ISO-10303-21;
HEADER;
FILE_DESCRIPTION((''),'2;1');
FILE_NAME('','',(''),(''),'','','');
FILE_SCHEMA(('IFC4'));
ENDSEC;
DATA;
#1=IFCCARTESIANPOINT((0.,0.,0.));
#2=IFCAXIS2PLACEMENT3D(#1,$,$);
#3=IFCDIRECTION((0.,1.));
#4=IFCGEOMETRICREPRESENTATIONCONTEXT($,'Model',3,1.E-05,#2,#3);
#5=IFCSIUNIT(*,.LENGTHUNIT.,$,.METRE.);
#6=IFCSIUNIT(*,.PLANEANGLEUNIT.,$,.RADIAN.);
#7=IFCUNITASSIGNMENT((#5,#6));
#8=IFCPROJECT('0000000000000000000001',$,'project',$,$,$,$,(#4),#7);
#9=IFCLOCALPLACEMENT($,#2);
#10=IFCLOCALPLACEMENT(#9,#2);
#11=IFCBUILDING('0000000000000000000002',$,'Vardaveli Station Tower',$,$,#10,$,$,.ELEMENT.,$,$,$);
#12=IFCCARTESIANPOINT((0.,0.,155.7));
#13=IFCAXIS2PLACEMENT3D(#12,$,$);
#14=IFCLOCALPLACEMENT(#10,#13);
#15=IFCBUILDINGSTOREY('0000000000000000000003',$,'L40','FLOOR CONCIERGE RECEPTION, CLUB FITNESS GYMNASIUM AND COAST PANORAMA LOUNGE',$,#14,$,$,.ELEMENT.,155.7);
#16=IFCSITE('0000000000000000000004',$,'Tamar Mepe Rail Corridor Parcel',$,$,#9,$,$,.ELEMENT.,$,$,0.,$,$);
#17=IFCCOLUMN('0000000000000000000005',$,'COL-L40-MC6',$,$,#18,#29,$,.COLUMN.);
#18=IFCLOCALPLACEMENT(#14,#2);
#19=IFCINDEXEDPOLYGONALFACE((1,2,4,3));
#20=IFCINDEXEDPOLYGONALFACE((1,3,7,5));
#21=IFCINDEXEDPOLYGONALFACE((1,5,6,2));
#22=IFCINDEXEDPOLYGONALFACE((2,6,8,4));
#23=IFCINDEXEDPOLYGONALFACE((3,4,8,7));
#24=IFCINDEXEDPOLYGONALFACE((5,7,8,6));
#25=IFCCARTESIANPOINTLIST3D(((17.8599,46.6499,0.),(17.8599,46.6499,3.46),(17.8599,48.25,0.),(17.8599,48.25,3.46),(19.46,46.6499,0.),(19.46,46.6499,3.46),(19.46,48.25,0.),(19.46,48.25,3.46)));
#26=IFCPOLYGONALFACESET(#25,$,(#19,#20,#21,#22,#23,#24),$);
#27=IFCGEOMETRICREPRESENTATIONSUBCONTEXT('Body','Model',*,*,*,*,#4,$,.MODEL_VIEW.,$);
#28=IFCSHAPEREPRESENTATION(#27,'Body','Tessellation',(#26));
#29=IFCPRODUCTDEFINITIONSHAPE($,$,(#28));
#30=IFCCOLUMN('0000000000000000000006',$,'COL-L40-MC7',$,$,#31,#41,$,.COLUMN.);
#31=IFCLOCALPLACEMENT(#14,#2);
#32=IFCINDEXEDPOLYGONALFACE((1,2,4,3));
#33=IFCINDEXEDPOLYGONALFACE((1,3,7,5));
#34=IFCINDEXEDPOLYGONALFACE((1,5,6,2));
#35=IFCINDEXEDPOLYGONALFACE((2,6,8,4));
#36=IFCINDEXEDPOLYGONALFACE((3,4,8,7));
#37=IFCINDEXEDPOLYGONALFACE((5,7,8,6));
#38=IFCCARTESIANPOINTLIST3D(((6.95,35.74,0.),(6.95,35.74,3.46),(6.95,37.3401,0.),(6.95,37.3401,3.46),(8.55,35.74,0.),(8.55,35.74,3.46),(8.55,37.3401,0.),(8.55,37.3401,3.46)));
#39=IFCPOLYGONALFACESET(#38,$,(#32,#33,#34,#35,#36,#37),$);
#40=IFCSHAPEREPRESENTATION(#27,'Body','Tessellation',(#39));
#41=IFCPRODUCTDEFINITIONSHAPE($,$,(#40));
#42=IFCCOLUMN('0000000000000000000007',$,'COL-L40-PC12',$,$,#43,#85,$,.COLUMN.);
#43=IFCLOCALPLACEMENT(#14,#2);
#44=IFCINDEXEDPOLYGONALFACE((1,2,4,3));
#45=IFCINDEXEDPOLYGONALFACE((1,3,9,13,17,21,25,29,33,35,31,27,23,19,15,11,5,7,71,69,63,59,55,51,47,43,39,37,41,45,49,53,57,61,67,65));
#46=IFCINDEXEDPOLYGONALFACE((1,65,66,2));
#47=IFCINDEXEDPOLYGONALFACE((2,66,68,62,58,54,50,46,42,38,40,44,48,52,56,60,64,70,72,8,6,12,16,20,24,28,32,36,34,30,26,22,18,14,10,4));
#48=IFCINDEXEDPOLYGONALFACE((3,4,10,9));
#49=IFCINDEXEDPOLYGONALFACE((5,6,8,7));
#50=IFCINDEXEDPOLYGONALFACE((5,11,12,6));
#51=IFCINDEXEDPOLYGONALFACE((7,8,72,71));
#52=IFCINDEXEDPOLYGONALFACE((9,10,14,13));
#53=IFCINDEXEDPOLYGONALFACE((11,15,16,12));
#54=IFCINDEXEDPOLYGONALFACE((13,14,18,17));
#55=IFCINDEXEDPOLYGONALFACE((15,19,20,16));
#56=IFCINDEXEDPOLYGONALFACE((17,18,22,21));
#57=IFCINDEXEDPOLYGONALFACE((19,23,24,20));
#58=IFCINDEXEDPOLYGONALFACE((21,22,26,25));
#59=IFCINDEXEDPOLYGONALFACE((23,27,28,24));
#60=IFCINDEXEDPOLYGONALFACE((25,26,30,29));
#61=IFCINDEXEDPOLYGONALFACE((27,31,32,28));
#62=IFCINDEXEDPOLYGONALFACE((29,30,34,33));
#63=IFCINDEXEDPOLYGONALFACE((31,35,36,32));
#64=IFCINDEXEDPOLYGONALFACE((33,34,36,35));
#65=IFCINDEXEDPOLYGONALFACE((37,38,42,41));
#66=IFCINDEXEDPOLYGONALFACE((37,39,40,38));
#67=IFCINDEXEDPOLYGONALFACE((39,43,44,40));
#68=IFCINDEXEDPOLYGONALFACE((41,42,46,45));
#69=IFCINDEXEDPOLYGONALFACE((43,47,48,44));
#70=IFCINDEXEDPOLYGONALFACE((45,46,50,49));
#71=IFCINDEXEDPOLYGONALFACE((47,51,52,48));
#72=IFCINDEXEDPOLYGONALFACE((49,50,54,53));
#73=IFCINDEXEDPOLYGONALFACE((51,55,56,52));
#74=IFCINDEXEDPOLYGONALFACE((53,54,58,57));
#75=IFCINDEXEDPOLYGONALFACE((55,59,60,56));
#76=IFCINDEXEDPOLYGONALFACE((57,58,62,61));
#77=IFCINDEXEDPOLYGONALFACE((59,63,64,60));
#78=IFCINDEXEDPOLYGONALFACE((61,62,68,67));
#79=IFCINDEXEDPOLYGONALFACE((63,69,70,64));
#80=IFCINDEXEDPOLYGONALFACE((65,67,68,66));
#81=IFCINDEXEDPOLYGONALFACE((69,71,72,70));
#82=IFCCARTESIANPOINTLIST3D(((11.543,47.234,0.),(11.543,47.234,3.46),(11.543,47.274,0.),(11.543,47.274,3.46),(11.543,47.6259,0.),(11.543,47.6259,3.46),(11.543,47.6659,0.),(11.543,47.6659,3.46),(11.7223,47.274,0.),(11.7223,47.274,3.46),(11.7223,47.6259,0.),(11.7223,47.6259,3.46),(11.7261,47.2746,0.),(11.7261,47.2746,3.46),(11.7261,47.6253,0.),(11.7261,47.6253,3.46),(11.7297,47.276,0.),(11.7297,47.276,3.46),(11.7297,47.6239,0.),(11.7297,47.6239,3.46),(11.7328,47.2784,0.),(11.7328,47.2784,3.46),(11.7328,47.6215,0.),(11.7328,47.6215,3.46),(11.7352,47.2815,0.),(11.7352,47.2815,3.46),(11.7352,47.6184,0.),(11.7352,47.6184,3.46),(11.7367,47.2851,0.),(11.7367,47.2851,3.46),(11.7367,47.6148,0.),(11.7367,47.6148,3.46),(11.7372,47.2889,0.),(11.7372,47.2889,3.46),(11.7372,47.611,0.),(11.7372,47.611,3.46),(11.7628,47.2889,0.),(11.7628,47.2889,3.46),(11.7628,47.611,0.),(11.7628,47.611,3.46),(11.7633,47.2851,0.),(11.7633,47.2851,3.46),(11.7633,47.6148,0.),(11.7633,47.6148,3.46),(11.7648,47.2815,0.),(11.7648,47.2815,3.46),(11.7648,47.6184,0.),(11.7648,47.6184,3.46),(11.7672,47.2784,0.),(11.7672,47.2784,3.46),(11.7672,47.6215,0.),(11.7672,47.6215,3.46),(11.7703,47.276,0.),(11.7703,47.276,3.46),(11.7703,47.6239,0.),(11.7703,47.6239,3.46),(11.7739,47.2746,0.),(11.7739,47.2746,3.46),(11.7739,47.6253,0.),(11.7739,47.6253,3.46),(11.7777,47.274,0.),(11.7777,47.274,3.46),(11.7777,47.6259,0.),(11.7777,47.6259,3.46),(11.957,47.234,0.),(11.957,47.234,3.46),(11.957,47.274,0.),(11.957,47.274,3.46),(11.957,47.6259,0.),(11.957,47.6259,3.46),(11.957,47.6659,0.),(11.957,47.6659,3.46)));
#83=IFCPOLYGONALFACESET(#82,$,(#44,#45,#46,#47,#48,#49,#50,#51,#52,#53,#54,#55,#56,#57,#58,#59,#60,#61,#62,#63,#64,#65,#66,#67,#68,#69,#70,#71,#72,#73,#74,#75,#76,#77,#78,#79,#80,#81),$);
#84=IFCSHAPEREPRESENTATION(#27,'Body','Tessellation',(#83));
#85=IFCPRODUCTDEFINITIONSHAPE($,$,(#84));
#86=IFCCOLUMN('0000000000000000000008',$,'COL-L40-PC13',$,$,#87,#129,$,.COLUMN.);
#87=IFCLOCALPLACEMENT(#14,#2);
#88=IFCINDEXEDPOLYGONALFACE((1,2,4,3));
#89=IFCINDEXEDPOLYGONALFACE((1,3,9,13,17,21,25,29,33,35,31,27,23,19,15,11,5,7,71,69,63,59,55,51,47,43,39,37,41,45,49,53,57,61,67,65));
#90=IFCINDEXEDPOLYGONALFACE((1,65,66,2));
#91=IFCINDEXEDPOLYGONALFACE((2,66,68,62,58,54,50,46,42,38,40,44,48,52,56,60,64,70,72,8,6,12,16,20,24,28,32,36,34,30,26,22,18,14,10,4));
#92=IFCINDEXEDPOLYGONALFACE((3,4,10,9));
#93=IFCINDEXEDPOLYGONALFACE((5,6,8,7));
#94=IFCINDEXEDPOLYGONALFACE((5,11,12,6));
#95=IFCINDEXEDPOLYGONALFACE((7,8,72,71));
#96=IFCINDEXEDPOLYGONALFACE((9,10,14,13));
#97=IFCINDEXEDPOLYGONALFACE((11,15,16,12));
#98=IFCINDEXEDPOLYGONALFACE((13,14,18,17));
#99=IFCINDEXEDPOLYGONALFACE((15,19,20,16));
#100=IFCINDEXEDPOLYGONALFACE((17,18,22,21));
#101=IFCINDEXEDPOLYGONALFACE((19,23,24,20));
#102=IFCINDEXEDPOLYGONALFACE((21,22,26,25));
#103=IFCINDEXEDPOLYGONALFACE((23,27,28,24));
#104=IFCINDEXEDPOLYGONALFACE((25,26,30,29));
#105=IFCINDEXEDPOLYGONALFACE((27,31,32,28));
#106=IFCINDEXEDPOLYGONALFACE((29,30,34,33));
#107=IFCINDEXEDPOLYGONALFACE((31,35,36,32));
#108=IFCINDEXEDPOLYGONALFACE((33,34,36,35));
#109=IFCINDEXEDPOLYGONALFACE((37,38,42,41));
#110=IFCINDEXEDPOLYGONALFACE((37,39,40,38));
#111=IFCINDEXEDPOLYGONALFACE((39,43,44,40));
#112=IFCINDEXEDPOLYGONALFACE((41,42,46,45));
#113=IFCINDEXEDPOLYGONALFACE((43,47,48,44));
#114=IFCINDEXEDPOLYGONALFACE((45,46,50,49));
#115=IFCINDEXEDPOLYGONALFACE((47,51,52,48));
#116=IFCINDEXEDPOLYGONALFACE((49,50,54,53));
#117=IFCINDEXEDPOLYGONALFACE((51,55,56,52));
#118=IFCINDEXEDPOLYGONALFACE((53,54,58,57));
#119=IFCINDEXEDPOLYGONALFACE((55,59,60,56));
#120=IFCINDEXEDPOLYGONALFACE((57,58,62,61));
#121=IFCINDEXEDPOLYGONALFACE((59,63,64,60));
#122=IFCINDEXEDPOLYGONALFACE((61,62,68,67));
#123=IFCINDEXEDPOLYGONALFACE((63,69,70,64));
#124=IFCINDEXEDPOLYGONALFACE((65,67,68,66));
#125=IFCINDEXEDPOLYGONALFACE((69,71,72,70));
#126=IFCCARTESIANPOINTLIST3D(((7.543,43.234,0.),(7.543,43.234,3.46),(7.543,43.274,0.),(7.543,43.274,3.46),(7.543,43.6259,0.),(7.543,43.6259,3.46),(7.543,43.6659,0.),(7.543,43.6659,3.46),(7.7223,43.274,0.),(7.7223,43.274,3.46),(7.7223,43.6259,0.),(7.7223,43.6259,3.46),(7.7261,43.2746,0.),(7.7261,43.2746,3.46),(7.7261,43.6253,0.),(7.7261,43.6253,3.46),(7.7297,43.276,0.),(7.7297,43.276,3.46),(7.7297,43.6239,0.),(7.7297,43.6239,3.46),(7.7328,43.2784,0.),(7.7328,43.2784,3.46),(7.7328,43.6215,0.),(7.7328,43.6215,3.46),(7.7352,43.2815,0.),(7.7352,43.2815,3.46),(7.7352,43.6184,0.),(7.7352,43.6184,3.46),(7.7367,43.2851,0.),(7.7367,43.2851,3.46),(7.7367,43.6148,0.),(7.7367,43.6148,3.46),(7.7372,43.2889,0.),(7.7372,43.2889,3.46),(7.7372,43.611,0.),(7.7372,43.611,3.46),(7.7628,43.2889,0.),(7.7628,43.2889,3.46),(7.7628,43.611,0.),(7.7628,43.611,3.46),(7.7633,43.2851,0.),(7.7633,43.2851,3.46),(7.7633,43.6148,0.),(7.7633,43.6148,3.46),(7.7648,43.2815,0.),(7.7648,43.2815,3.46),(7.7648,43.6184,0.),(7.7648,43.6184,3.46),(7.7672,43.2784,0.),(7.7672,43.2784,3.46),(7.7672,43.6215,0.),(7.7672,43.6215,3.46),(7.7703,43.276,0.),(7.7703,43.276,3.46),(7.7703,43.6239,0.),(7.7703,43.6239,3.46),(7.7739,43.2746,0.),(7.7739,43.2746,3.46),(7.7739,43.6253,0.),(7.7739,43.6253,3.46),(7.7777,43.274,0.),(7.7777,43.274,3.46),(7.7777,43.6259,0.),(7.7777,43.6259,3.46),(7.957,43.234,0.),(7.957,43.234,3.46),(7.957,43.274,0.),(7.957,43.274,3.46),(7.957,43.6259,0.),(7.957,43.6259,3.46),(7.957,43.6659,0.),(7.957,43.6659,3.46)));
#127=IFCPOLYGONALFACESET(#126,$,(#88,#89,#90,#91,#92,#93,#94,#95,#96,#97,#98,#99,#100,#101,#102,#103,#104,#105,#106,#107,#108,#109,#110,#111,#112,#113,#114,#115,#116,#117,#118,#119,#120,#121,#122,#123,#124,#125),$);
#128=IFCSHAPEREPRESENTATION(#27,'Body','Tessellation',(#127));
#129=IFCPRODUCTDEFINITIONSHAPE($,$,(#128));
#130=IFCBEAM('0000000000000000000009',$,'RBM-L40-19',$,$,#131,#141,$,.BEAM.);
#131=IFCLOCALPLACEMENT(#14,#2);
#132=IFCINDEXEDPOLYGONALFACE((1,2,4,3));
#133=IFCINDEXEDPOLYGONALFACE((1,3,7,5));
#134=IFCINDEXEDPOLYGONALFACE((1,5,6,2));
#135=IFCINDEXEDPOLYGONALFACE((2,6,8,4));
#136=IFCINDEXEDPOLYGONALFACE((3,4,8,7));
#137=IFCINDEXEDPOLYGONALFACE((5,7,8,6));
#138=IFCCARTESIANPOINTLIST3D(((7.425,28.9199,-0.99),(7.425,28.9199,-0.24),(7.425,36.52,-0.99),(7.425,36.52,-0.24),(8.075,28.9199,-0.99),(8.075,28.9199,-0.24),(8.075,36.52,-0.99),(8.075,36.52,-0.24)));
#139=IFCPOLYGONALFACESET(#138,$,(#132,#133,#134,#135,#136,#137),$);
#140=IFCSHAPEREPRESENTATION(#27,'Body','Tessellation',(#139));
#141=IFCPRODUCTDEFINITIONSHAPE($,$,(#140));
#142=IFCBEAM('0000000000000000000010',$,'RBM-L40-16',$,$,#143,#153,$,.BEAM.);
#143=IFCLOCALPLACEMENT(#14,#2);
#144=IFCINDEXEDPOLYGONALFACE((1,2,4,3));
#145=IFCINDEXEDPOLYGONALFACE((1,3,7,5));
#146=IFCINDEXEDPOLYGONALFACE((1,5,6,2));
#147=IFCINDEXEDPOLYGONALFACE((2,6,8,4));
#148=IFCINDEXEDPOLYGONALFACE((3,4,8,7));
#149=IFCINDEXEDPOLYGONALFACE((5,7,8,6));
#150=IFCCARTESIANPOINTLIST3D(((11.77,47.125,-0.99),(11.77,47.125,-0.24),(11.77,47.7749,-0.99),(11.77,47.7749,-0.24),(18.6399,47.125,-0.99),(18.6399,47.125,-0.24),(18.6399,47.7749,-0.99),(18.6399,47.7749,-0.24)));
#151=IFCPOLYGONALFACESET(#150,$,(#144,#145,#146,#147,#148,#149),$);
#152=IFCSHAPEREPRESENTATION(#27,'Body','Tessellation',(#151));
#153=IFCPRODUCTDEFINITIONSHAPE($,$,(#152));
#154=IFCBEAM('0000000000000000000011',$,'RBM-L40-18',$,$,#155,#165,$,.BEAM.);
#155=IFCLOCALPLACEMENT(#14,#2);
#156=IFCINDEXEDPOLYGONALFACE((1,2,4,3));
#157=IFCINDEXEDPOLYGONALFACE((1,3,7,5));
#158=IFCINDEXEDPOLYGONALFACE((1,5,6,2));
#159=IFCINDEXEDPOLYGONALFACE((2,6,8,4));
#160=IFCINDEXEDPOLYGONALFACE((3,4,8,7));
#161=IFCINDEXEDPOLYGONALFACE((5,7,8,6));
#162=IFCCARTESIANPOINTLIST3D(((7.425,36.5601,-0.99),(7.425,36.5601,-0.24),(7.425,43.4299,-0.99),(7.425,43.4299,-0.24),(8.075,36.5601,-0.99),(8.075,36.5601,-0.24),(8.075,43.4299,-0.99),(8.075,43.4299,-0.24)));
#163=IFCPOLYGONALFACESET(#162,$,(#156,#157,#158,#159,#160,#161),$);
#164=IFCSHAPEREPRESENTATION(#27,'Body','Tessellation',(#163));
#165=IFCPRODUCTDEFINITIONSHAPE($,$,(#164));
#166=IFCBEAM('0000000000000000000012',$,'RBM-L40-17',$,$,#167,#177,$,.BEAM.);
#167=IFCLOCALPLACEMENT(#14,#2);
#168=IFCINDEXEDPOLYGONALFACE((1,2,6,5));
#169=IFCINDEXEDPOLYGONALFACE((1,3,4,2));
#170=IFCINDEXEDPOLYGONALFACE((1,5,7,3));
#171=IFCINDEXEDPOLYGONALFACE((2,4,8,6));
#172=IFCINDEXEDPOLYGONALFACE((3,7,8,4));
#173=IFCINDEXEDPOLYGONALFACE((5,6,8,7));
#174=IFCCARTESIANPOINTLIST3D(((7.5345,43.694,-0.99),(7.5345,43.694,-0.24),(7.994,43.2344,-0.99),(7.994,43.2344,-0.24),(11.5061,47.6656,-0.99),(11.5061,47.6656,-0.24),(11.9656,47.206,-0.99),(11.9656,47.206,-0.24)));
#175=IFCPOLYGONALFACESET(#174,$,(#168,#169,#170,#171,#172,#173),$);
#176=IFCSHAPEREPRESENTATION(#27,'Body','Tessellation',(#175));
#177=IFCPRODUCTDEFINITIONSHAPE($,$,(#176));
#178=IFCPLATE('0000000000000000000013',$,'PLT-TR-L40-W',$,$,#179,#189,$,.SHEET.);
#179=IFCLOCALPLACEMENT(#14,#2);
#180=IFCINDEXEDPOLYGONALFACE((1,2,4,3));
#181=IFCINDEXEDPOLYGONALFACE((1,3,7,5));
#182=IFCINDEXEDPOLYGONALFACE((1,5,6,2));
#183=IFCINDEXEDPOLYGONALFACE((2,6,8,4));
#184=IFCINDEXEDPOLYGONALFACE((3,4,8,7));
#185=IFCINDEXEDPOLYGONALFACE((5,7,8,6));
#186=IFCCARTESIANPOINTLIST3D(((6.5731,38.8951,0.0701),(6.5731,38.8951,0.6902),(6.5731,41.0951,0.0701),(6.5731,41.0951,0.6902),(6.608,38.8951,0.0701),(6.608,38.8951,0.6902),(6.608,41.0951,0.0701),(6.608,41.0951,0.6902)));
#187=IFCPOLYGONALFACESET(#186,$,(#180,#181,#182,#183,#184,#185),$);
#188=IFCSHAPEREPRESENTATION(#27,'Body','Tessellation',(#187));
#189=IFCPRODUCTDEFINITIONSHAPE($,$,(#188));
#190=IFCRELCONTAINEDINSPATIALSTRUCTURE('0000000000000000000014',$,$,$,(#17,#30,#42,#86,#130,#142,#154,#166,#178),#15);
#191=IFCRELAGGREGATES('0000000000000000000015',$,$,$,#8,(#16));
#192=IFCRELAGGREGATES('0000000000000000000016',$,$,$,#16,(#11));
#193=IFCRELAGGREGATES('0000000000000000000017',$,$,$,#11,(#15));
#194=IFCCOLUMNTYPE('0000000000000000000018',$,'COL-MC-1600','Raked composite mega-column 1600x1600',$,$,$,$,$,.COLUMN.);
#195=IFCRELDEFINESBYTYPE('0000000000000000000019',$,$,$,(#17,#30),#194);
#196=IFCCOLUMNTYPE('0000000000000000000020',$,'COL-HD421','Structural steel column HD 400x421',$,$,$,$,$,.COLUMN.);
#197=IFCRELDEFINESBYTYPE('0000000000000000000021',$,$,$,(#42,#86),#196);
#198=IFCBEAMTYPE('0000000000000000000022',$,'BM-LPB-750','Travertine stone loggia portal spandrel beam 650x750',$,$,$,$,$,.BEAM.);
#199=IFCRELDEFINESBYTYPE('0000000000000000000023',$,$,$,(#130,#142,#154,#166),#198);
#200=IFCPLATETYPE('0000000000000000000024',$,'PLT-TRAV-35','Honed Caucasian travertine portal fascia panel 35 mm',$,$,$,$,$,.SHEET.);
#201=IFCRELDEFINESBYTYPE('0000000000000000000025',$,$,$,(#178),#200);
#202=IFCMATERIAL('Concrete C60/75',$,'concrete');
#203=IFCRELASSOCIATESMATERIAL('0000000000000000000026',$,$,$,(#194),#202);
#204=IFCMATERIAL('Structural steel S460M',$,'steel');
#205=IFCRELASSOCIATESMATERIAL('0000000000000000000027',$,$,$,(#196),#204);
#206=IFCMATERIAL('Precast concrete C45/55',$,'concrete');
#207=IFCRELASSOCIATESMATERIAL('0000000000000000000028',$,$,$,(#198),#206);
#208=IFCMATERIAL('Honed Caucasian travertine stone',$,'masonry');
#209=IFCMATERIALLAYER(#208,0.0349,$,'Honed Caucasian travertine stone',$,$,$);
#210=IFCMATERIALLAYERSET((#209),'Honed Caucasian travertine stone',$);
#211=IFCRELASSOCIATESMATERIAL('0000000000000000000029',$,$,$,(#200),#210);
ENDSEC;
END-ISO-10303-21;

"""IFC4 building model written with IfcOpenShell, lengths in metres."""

from ifc_helpers import new_model, si_unit, direction, frame, origin, origin_2d, place, context, subcontext, project, spatial, rectangle, i_section, extrude, source, transform, mapped, material, layer, layer_set, material_profile, profile_set, type_object, element, save


model = new_model("IFC4")

# Units and contexts
model_context = context("Model", 3, precision=1e-05, world=origin(), true_north=direction((0.0, 1.0)))
body_context = subcontext(model_context, "Body", "Model", "MODEL_VIEW")
ifc_project = project(units=[si_unit("LENGTHUNIT", "METRE"), si_unit("PLANEANGLEUNIT", "RADIAN")], contexts=[model_context])

# Site, building, storey
site_placement = place(None, origin())
site = spatial("IfcSite", under=ifc_project, at=site_placement, Name="Tamar Mepe Rail Corridor Parcel", CompositionType="ELEMENT", RefElevation=0.0)
building_placement = place(site_placement, origin())
building = spatial("IfcBuilding", under=site, at=building_placement, Name="Vardaveli Station Tower", CompositionType="ELEMENT")
storey_placement = place(building_placement, frame((0.0, 0.0, 155.7)))
storey = spatial("IfcBuildingStorey", under=building, at=storey_placement, Name="L40", Description="FLOOR CONCIERGE RECEPTION, CLUB FITNESS GYMNASIUM AND COAST PANORAMA LOUNGE", CompositionType="ELEMENT", Elevation=155.7)

# Columns
ifc_material_1 = material(Name="Concrete C60/75", Category="concrete")
ifc_material_profile_1 = material_profile(ifc_material_1, rectangle(XDim=1.6001, YDim=1.6001, at=origin_2d()), Name="MC 1600x1600")
ifc_profile_set_1 = profile_set([ifc_material_profile_1], Name="Concrete C60/75")
column_type_1 = type_object("IfcColumnType", Name="COL-MC-1600", Description="Raked composite mega-column 1600x1600", PredefinedType="COLUMN", material=ifc_profile_set_1)
shared_shape_1 = source(origin(), body_context, "Body", "SweptSolid", [
    extrude(rectangle(XDim=1.6001, YDim=1.6001, at=origin_2d()), origin(), (0.0, 0.0, 1.0), 3.46),
])
for number, where, z_axis, x_axis, name in (
    (1, (18.6599, 47.45, 0.0), (0.0, 0.0, 1.0), (1.0, 0.0, 0.0), "COL-L40-MC6"),
    (2, (7.75, 36.54, 0.0), (0.0, 0.0, 1.0), (1.0, 0.0, 0.0), "COL-L40-MC7"),
):
    element("IfcColumn", number, at=place(storey_placement, frame(where, z_axis=z_axis, x_axis=x_axis)), inside=storey, type_object=column_type_1, Name=name, PredefinedType="COLUMN", context=body_context, shape_type="MappedRepresentation", body=[
        mapped(shared_shape_1, transform((0.0, 0.0, 0.0), scale=1.0)),
    ])
ifc_material_2 = material(Name="Structural steel S460M", Category="steel")
ifc_material_profile_2 = material_profile(ifc_material_2, i_section(OverallWidth=0.4141, OverallDepth=0.4319, WebThickness=0.0256, FlangeThickness=0.04, FilletRadius=0.0149, at=origin_2d()), Name="HD 400x421")
ifc_profile_set_2 = profile_set([ifc_material_profile_2], Name="Structural steel S460M")
column_type_2 = type_object("IfcColumnType", Name="COL-HD421", Description="Structural steel column HD 400x421", PredefinedType="COLUMN", material=ifc_profile_set_2)
shared_shape_2 = source(origin(), body_context, "Body", "SweptSolid", [
    extrude(i_section(OverallWidth=0.4141, OverallDepth=0.4319, WebThickness=0.0256, FlangeThickness=0.04, FilletRadius=0.0149, at=origin_2d()), origin(), (0.0, 0.0, 1.0), 3.46),
])
for number, where, z_axis, x_axis, name in (
    (3, (11.75, 47.45, 0.0), (0.0, 0.0, 1.0), (1.0, 0.0, 0.0), "COL-L40-PC12"),
    (4, (7.75, 43.45, 0.0), (0.0, 0.0, 1.0), (1.0, 0.0, 0.0), "COL-L40-PC13"),
):
    element("IfcColumn", number, at=place(storey_placement, frame(where, z_axis=z_axis, x_axis=x_axis)), inside=storey, type_object=column_type_2, Name=name, PredefinedType="COLUMN", context=body_context, shape_type="MappedRepresentation", body=[
        mapped(shared_shape_2, transform((0.0, 0.0, 0.0), scale=1.0)),
    ])

# Beams
ifc_material_3 = material(Name="Precast concrete C45/55", Category="concrete")
ifc_material_profile_3 = material_profile(ifc_material_3, rectangle(XDim=0.6499, YDim=0.75, at=origin_2d()), Name="LPB 650x750")
ifc_profile_set_3 = profile_set([ifc_material_profile_3], Name="Precast concrete C45/55")
beam_type = type_object("IfcBeamType", Name="BM-LPB-750", Description="Travertine stone loggia portal spandrel beam 650x750", PredefinedType="BEAM", material=ifc_profile_set_3)
shared_shape_3 = source(origin(), body_context, "Body", "SweptSolid", [
    extrude(rectangle(XDim=0.6499, YDim=0.75, at=origin_2d()), origin(), (0.0, 0.0, 1.0), 7.6001),
])
beam_1_placement = place(storey_placement, frame((7.75, 36.52, -0.615), z_axis=(0.0, -1.0, 0.0), x_axis=(1.0, 0.0, 0.0)))
element("IfcBeam", 5, at=beam_1_placement, inside=storey, type_object=beam_type, Name="RBM-L40-19", PredefinedType="BEAM", context=body_context, shape_type="MappedRepresentation", body=[
    mapped(shared_shape_3, transform((0.0, 0.0, 0.0), scale=1.0)),
])
shared_shape_4 = source(origin(), body_context, "Body", "SweptSolid", [
    extrude(rectangle(XDim=0.6499, YDim=0.75, at=origin_2d()), origin(), (0.0, 0.0, 1.0), 6.8699),
])
for number, where, z_axis, x_axis, name in (
    (6, (18.6399, 47.45, -0.615), (-1.0, 0.0, 0.0), (0.0, -1.0, 0.0), "RBM-L40-16"),
    (7, (7.75, 43.4299, -0.615), (0.0, -1.0, 0.0), (1.0, 0.0, 0.0), "RBM-L40-18"),
):
    element("IfcBeam", number, at=place(storey_placement, frame(where, z_axis=z_axis, x_axis=x_axis)), inside=storey, type_object=beam_type, Name=name, PredefinedType="BEAM", context=body_context, shape_type="MappedRepresentation", body=[
        mapped(shared_shape_4, transform((0.0, 0.0, 0.0), scale=1.0)),
    ])
shared_shape_5 = source(origin(), body_context, "Body", "SweptSolid", [
    extrude(rectangle(XDim=0.6499, YDim=0.75, at=origin_2d()), origin(), (0.0, 0.0, 1.0), 5.6167),
])
beam_2_placement = place(storey_placement, frame((11.7358, 47.4358, -0.615), z_axis=(-0.707107, -0.707107, 0.0), x_axis=(0.707107, -0.707107, 0.0)))
element("IfcBeam", 8, at=beam_2_placement, inside=storey, type_object=beam_type, Name="RBM-L40-17", PredefinedType="BEAM", context=body_context, shape_type="MappedRepresentation", body=[
    mapped(shared_shape_5, transform((0.0, 0.0, 0.0), scale=1.0)),
])

# Plate
ifc_material_4 = material(Name="Honed Caucasian travertine stone", Category="masonry")
ifc_layer_1 = layer(ifc_material_4, 0.0349, Name="Honed Caucasian travertine stone")
ifc_layer_set_1 = layer_set([ifc_layer_1], Name="Honed Caucasian travertine stone")
plate_type = type_object("IfcPlateType", Name="PLT-TRAV-35", Description="Honed Caucasian travertine portal fascia panel 35 mm", PredefinedType="SHEET", material=ifc_layer_set_1)
shared_shape_6 = source(origin(), body_context, "Body", "SweptSolid", [
    extrude(rectangle(XDim=2.2, YDim=0.0349, at=origin_2d()), origin(), (0.0, 0.0, 1.0), 0.6201),
])
plate_placement = place(storey_placement, frame((6.5906, 39.9951, 0.0701), z_axis=(0.0, 0.0, 1.0), x_axis=(0.0, 1.0, 0.0)))
element("IfcPlate", 9, at=plate_placement, inside=storey, type_object=plate_type, Name="PLT-TR-L40-W", PredefinedType="SHEET", context=body_context, shape_type="MappedRepresentation", body=[
    mapped(shared_shape_6, transform((0.0, 0.0, 0.0), scale=1.0)),
])

save(model, "model.ifc")
